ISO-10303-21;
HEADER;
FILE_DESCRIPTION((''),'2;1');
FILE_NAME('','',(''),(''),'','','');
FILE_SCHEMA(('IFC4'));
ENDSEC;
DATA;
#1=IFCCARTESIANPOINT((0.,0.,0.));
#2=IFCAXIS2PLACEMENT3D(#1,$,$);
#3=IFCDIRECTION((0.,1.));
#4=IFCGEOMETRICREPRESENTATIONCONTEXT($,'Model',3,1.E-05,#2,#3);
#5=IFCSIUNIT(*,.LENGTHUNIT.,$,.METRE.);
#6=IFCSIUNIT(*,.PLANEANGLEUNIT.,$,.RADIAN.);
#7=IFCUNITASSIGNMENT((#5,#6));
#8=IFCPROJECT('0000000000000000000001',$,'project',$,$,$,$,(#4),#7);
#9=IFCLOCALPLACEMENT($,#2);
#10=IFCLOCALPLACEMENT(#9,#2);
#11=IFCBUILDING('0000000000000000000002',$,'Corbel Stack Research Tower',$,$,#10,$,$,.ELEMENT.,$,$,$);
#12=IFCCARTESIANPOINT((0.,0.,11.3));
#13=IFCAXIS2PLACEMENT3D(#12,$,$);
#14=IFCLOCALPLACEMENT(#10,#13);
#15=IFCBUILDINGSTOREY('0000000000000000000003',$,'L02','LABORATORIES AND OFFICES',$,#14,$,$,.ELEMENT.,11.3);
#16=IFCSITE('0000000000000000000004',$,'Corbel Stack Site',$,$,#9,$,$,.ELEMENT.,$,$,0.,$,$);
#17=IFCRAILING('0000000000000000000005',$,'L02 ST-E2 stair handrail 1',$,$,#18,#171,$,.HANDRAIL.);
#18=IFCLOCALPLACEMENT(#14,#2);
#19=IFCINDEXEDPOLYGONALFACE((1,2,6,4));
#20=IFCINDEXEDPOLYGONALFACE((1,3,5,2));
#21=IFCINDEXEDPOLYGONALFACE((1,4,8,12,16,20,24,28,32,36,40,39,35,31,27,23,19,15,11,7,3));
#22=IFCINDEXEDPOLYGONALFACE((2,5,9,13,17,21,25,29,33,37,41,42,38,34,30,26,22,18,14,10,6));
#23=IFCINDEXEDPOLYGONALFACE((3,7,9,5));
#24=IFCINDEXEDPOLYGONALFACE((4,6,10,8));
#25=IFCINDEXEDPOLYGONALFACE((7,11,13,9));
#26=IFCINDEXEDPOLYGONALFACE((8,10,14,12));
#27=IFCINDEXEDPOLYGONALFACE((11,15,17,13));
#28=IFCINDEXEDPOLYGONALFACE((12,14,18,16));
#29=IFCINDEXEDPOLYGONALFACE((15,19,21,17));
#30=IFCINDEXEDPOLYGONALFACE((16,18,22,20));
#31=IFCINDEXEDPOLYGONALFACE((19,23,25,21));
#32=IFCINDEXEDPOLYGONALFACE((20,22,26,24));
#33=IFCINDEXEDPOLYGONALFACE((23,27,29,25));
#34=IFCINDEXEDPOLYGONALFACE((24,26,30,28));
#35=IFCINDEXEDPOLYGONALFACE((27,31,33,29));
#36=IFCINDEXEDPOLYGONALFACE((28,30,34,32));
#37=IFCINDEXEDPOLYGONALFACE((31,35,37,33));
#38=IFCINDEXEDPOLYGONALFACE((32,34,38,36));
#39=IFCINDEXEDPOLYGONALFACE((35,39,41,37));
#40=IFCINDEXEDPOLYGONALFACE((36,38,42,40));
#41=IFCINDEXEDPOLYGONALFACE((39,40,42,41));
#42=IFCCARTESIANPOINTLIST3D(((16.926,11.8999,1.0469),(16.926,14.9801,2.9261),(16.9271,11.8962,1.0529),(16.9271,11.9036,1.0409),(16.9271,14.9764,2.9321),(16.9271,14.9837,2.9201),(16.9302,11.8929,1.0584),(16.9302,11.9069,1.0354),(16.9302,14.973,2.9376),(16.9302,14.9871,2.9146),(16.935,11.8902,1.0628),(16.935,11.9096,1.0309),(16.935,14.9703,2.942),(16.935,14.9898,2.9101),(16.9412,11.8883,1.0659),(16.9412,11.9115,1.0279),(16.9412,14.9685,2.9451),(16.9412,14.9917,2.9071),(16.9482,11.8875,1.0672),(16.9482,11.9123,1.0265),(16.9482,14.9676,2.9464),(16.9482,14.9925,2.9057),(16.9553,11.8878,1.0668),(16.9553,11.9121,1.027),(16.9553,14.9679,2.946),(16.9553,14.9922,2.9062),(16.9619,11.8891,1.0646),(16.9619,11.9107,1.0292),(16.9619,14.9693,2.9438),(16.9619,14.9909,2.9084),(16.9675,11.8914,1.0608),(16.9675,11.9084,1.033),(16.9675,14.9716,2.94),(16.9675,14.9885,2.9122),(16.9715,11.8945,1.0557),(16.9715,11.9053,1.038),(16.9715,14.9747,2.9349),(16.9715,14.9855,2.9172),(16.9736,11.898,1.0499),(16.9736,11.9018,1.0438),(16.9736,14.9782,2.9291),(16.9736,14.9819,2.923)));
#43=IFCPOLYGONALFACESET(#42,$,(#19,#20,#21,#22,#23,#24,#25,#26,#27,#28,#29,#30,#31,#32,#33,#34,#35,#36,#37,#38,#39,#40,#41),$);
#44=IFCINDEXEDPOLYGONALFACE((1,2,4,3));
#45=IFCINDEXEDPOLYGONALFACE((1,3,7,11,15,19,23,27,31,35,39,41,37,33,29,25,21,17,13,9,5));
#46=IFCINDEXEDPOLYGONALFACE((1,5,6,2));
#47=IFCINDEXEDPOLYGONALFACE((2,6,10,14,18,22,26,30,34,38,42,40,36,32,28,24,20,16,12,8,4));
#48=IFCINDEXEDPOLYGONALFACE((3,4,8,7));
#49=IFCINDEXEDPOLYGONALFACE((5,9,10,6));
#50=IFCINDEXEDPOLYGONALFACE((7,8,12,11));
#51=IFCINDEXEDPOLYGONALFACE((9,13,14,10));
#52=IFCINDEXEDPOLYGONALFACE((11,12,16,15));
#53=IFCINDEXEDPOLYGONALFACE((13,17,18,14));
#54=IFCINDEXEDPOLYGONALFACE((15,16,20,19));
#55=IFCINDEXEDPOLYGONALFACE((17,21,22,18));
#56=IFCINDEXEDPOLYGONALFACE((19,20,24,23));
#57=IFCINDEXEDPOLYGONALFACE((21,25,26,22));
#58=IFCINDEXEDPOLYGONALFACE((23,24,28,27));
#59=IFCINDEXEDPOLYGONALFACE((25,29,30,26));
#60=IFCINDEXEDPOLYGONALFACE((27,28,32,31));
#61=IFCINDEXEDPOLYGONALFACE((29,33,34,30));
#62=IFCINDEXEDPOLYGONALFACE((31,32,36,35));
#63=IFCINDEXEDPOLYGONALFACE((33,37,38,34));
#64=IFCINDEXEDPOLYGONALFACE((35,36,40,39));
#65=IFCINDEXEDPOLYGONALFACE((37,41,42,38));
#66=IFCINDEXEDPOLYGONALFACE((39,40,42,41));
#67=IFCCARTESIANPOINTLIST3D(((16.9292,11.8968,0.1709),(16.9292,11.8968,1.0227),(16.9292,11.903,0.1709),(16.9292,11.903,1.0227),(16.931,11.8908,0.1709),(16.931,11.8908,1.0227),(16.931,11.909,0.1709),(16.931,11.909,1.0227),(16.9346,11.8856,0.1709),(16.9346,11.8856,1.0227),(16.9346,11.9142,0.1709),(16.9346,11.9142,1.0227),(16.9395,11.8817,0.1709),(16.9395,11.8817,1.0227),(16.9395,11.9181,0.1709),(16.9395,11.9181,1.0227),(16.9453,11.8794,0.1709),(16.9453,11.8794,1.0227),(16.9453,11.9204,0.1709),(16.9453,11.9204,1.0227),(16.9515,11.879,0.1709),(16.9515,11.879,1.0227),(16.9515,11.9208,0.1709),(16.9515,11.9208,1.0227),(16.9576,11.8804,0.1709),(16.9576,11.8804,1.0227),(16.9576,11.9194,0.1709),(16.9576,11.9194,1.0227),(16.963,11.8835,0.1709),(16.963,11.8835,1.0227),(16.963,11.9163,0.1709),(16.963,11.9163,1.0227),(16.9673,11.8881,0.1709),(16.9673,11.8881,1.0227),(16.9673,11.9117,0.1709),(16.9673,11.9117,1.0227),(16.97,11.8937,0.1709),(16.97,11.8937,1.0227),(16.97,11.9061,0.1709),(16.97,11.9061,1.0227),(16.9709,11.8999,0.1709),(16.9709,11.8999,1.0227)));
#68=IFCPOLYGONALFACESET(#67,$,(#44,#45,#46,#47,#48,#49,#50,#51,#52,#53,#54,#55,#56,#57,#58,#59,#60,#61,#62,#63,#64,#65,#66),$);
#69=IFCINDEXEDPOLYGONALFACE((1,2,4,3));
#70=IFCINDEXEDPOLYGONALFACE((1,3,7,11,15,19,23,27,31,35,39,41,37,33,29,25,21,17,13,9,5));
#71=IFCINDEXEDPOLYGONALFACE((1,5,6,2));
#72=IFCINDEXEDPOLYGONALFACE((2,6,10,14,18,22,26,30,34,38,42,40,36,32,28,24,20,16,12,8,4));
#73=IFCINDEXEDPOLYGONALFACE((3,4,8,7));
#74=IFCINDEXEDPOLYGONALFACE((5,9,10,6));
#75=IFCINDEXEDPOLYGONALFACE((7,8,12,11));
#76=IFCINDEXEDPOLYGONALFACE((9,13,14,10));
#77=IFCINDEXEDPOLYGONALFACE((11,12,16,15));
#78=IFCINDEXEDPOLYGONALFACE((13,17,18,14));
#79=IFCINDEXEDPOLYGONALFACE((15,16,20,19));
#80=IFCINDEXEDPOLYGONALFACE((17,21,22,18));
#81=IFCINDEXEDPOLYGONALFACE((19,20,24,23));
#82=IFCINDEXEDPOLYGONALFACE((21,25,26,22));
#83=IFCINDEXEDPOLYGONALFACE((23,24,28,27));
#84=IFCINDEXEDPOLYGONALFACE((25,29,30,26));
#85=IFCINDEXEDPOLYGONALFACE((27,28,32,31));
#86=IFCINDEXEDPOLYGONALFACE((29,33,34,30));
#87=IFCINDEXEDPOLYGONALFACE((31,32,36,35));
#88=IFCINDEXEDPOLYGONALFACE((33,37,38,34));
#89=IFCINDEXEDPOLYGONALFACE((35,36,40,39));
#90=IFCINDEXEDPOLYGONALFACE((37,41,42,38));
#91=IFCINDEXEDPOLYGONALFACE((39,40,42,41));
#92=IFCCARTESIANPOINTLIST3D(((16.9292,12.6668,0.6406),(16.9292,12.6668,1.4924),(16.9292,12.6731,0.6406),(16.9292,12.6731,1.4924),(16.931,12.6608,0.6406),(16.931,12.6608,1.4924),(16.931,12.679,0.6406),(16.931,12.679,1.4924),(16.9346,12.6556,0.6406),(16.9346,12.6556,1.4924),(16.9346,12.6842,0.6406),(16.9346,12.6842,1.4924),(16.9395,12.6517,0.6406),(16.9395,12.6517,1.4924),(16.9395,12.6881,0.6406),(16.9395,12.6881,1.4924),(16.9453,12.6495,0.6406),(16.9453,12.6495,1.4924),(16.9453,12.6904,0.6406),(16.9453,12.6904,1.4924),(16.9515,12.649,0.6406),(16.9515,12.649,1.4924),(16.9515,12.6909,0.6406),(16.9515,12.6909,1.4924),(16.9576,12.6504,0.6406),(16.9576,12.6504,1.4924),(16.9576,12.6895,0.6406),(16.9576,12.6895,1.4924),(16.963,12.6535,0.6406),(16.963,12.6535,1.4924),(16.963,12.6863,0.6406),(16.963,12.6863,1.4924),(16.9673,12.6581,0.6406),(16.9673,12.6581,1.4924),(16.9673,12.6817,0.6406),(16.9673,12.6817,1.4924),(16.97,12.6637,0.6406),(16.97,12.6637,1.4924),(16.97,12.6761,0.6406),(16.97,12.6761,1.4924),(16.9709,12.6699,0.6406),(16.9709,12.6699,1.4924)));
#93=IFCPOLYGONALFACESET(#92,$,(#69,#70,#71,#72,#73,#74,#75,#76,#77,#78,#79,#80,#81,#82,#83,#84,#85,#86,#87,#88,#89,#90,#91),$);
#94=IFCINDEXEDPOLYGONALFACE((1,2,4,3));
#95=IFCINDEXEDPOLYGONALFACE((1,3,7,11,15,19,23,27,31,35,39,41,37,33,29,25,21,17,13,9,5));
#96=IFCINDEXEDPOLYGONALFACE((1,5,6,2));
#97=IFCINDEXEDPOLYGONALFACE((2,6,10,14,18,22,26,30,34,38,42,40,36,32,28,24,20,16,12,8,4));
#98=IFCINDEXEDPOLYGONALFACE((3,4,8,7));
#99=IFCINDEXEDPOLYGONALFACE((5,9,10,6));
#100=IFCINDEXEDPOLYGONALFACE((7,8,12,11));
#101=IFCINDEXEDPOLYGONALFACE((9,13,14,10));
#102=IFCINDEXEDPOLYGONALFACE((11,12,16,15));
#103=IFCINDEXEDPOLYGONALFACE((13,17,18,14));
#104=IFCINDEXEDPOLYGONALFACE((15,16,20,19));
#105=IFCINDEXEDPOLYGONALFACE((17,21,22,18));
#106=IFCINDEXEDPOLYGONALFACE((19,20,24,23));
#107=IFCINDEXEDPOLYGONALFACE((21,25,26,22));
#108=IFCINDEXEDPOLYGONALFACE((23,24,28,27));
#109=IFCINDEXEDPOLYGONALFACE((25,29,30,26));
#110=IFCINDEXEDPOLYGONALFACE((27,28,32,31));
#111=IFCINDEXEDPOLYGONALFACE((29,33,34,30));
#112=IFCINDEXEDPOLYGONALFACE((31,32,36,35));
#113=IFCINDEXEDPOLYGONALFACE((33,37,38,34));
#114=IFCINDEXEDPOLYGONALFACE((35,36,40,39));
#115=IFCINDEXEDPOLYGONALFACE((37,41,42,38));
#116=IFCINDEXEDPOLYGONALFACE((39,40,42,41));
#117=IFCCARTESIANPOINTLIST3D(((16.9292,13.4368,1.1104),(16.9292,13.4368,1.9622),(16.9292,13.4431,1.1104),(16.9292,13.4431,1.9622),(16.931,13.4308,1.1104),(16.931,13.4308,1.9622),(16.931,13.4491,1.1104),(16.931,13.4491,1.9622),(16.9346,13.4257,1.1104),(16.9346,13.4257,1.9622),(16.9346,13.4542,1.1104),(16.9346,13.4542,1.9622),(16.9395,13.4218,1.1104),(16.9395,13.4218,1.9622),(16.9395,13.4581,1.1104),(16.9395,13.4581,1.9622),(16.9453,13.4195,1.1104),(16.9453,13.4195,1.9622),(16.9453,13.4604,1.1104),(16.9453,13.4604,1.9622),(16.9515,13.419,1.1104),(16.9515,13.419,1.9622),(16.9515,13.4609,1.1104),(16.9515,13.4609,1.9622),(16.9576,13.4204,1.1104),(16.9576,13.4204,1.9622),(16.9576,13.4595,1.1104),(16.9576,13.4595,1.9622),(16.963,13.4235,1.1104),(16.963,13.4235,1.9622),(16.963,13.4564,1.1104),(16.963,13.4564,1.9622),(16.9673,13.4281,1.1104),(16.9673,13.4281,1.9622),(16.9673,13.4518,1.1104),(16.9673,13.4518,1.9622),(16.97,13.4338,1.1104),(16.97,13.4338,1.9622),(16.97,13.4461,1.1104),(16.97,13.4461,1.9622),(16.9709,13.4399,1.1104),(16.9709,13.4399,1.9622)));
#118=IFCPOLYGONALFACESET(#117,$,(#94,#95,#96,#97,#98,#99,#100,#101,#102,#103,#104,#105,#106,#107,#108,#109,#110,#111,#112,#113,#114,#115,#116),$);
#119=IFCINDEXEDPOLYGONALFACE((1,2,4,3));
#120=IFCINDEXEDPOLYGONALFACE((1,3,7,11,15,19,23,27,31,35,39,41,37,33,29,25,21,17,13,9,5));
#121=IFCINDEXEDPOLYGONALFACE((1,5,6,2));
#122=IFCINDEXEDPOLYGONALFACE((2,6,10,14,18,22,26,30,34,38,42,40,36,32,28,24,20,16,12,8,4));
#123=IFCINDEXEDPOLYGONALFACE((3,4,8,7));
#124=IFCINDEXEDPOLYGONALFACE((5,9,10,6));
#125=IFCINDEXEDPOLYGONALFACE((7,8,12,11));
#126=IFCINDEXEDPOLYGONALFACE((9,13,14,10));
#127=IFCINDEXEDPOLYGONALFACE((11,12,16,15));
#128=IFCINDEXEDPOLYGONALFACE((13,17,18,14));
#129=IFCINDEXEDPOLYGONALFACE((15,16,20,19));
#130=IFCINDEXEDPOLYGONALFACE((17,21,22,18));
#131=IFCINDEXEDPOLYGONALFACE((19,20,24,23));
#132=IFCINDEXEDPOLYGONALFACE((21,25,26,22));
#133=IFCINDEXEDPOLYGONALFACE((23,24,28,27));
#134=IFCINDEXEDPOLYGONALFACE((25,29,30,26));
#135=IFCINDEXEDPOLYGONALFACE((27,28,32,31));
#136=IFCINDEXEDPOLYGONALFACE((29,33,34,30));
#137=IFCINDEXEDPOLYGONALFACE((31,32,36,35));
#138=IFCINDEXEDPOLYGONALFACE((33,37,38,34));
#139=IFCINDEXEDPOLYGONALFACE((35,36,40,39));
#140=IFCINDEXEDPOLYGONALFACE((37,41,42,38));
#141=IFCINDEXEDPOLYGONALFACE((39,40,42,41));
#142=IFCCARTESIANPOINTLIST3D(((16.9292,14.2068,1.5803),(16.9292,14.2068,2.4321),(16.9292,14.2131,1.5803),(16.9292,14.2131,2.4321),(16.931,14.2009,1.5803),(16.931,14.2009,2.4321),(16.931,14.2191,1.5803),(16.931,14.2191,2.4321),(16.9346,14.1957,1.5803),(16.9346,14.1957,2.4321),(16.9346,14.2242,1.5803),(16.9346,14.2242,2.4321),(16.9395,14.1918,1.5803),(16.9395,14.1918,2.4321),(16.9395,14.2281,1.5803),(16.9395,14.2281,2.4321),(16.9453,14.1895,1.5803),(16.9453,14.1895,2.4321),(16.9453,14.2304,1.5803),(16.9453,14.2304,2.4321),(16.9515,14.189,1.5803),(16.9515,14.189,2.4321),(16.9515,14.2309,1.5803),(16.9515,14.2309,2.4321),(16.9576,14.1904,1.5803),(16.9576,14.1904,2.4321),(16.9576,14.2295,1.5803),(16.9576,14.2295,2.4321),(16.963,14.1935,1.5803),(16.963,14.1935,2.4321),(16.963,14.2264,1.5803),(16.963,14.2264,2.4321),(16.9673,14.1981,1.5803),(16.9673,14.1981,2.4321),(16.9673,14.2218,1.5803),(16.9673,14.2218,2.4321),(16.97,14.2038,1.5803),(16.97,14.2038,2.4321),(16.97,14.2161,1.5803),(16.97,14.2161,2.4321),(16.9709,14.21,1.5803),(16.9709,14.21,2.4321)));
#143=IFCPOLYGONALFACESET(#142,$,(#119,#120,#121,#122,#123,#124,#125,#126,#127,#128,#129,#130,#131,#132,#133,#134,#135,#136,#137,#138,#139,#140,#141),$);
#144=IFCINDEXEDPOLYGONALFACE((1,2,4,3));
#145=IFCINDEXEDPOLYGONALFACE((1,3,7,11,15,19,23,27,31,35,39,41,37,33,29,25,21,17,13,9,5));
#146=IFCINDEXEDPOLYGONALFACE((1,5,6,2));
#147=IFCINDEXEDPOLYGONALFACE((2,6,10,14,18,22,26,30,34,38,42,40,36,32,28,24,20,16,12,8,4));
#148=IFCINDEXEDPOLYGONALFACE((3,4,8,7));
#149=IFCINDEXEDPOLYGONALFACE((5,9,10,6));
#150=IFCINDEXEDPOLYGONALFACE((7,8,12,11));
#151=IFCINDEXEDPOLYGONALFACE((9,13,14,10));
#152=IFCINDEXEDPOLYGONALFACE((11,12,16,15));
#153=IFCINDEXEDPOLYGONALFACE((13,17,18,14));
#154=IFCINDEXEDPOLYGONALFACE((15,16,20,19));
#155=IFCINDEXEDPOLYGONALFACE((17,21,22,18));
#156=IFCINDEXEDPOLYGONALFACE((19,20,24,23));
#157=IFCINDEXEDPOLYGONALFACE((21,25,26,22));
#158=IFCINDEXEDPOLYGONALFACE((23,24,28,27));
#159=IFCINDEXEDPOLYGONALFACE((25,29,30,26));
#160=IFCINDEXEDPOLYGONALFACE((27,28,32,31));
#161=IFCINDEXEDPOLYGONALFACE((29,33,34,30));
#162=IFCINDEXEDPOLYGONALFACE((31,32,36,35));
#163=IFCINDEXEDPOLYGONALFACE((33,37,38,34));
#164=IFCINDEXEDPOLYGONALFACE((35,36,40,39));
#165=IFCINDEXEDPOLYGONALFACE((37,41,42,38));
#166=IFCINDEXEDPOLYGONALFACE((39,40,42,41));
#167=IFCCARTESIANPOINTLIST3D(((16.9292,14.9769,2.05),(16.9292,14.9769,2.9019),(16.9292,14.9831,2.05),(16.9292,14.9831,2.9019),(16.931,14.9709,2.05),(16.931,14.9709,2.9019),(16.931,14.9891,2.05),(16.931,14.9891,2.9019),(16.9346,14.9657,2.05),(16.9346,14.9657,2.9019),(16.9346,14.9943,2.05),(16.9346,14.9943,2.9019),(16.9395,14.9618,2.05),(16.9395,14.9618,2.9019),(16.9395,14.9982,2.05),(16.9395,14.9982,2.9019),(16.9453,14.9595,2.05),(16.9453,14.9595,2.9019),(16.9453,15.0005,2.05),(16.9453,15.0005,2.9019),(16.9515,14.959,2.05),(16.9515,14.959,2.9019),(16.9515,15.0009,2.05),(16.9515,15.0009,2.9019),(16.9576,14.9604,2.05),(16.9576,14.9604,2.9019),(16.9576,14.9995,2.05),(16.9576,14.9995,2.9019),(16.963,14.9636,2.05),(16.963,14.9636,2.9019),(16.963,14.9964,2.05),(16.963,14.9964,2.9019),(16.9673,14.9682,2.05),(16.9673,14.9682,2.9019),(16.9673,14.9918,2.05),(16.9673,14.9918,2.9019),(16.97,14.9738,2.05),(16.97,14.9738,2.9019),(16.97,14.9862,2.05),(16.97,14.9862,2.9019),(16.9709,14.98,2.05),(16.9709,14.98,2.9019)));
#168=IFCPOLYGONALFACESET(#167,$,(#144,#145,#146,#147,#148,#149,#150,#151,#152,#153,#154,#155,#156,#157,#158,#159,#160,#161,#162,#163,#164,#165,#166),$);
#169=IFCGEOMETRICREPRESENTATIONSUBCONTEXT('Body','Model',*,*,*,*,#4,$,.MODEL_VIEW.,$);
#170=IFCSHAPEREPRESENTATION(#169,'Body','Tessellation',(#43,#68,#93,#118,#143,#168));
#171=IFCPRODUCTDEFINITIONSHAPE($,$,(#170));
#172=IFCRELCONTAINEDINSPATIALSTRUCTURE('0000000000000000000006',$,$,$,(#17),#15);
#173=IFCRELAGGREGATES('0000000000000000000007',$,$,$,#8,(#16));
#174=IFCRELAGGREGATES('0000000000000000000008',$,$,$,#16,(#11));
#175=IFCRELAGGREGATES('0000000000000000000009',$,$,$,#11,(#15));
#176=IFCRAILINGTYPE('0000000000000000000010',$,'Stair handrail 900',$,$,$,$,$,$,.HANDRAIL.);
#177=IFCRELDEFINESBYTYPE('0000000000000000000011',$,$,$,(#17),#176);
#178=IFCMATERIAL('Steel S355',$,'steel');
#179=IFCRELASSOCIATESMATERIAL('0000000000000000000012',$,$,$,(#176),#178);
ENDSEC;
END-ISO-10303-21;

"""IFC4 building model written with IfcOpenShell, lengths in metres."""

from ifc_helpers import new_model, si_unit, direction, frame, origin, origin_2d, place, context, subcontext, project, spatial, circle, extrude, material, type_object, element, save


model = new_model("IFC4")

# Units and contexts
model_context = context("Model", 3, precision=1e-05, world=origin(), true_north=direction((0.0, 1.0)))
body_context = subcontext(model_context, "Body", "Model", "MODEL_VIEW")
ifc_project = project(units=[si_unit("LENGTHUNIT", "METRE"), si_unit("PLANEANGLEUNIT", "RADIAN")], contexts=[model_context])

# Site, building, storey
site_placement = place(None, origin())
site = spatial("IfcSite", under=ifc_project, at=site_placement, Name="Corbel Stack Site", CompositionType="ELEMENT", RefElevation=0.0)
building_placement = place(site_placement, origin())
building = spatial("IfcBuilding", under=site, at=building_placement, Name="Corbel Stack Research Tower", CompositionType="ELEMENT")
storey_placement = place(building_placement, frame((0.0, 0.0, 11.3)))
storey = spatial("IfcBuildingStorey", under=building, at=storey_placement, Name="L02", Description="LABORATORIES AND OFFICES", CompositionType="ELEMENT", Elevation=11.3)

# Railing
ifc_material_1 = material(Name="Steel S355", Category="steel")
railing_type_1 = type_object("IfcRailingType", Name="Stair handrail 900", PredefinedType="HANDRAIL", material=ifc_material_1)
railing_1_placement = place(storey_placement, frame((16.95, 11.8999, 0.1709)))
element("IfcRailing", 1, at=railing_1_placement, inside=storey, type_object=railing_type_1, Name="L02 ST-E2 stair handrail 1", PredefinedType="HANDRAIL", context=body_context, shape_type="SweptSolid", body=[
    extrude(circle(Radius=0.0239, at=origin_2d()), frame((0.0, 0.0, 0.876), z_axis=(0.0, 0.853666, 0.52082), x_axis=(-1.0, 0.0, 0.0)), (0.0, 0.0, 1.0), 3.6082),
    extrude(circle(Radius=0.021, at=origin_2d()), origin(), (0.0, 0.0, 1.0), 0.8518),
    extrude(circle(Radius=0.021, at=origin_2d()), frame((0.0, 0.77, 0.4697)), (0.0, 0.0, 1.0), 0.8518),
    extrude(circle(Radius=0.021, at=origin_2d()), frame((0.0, 1.54, 0.9395)), (0.0, 0.0, 1.0), 0.8518),
    extrude(circle(Radius=0.021, at=origin_2d()), frame((0.0, 2.3101, 1.4094)), (0.0, 0.0, 1.0), 0.8518),
    extrude(circle(Radius=0.021, at=origin_2d()), frame((0.0, 3.0801, 1.8792)), (0.0, 0.0, 1.0), 0.8518),
])

save(model, "model.ifc")
